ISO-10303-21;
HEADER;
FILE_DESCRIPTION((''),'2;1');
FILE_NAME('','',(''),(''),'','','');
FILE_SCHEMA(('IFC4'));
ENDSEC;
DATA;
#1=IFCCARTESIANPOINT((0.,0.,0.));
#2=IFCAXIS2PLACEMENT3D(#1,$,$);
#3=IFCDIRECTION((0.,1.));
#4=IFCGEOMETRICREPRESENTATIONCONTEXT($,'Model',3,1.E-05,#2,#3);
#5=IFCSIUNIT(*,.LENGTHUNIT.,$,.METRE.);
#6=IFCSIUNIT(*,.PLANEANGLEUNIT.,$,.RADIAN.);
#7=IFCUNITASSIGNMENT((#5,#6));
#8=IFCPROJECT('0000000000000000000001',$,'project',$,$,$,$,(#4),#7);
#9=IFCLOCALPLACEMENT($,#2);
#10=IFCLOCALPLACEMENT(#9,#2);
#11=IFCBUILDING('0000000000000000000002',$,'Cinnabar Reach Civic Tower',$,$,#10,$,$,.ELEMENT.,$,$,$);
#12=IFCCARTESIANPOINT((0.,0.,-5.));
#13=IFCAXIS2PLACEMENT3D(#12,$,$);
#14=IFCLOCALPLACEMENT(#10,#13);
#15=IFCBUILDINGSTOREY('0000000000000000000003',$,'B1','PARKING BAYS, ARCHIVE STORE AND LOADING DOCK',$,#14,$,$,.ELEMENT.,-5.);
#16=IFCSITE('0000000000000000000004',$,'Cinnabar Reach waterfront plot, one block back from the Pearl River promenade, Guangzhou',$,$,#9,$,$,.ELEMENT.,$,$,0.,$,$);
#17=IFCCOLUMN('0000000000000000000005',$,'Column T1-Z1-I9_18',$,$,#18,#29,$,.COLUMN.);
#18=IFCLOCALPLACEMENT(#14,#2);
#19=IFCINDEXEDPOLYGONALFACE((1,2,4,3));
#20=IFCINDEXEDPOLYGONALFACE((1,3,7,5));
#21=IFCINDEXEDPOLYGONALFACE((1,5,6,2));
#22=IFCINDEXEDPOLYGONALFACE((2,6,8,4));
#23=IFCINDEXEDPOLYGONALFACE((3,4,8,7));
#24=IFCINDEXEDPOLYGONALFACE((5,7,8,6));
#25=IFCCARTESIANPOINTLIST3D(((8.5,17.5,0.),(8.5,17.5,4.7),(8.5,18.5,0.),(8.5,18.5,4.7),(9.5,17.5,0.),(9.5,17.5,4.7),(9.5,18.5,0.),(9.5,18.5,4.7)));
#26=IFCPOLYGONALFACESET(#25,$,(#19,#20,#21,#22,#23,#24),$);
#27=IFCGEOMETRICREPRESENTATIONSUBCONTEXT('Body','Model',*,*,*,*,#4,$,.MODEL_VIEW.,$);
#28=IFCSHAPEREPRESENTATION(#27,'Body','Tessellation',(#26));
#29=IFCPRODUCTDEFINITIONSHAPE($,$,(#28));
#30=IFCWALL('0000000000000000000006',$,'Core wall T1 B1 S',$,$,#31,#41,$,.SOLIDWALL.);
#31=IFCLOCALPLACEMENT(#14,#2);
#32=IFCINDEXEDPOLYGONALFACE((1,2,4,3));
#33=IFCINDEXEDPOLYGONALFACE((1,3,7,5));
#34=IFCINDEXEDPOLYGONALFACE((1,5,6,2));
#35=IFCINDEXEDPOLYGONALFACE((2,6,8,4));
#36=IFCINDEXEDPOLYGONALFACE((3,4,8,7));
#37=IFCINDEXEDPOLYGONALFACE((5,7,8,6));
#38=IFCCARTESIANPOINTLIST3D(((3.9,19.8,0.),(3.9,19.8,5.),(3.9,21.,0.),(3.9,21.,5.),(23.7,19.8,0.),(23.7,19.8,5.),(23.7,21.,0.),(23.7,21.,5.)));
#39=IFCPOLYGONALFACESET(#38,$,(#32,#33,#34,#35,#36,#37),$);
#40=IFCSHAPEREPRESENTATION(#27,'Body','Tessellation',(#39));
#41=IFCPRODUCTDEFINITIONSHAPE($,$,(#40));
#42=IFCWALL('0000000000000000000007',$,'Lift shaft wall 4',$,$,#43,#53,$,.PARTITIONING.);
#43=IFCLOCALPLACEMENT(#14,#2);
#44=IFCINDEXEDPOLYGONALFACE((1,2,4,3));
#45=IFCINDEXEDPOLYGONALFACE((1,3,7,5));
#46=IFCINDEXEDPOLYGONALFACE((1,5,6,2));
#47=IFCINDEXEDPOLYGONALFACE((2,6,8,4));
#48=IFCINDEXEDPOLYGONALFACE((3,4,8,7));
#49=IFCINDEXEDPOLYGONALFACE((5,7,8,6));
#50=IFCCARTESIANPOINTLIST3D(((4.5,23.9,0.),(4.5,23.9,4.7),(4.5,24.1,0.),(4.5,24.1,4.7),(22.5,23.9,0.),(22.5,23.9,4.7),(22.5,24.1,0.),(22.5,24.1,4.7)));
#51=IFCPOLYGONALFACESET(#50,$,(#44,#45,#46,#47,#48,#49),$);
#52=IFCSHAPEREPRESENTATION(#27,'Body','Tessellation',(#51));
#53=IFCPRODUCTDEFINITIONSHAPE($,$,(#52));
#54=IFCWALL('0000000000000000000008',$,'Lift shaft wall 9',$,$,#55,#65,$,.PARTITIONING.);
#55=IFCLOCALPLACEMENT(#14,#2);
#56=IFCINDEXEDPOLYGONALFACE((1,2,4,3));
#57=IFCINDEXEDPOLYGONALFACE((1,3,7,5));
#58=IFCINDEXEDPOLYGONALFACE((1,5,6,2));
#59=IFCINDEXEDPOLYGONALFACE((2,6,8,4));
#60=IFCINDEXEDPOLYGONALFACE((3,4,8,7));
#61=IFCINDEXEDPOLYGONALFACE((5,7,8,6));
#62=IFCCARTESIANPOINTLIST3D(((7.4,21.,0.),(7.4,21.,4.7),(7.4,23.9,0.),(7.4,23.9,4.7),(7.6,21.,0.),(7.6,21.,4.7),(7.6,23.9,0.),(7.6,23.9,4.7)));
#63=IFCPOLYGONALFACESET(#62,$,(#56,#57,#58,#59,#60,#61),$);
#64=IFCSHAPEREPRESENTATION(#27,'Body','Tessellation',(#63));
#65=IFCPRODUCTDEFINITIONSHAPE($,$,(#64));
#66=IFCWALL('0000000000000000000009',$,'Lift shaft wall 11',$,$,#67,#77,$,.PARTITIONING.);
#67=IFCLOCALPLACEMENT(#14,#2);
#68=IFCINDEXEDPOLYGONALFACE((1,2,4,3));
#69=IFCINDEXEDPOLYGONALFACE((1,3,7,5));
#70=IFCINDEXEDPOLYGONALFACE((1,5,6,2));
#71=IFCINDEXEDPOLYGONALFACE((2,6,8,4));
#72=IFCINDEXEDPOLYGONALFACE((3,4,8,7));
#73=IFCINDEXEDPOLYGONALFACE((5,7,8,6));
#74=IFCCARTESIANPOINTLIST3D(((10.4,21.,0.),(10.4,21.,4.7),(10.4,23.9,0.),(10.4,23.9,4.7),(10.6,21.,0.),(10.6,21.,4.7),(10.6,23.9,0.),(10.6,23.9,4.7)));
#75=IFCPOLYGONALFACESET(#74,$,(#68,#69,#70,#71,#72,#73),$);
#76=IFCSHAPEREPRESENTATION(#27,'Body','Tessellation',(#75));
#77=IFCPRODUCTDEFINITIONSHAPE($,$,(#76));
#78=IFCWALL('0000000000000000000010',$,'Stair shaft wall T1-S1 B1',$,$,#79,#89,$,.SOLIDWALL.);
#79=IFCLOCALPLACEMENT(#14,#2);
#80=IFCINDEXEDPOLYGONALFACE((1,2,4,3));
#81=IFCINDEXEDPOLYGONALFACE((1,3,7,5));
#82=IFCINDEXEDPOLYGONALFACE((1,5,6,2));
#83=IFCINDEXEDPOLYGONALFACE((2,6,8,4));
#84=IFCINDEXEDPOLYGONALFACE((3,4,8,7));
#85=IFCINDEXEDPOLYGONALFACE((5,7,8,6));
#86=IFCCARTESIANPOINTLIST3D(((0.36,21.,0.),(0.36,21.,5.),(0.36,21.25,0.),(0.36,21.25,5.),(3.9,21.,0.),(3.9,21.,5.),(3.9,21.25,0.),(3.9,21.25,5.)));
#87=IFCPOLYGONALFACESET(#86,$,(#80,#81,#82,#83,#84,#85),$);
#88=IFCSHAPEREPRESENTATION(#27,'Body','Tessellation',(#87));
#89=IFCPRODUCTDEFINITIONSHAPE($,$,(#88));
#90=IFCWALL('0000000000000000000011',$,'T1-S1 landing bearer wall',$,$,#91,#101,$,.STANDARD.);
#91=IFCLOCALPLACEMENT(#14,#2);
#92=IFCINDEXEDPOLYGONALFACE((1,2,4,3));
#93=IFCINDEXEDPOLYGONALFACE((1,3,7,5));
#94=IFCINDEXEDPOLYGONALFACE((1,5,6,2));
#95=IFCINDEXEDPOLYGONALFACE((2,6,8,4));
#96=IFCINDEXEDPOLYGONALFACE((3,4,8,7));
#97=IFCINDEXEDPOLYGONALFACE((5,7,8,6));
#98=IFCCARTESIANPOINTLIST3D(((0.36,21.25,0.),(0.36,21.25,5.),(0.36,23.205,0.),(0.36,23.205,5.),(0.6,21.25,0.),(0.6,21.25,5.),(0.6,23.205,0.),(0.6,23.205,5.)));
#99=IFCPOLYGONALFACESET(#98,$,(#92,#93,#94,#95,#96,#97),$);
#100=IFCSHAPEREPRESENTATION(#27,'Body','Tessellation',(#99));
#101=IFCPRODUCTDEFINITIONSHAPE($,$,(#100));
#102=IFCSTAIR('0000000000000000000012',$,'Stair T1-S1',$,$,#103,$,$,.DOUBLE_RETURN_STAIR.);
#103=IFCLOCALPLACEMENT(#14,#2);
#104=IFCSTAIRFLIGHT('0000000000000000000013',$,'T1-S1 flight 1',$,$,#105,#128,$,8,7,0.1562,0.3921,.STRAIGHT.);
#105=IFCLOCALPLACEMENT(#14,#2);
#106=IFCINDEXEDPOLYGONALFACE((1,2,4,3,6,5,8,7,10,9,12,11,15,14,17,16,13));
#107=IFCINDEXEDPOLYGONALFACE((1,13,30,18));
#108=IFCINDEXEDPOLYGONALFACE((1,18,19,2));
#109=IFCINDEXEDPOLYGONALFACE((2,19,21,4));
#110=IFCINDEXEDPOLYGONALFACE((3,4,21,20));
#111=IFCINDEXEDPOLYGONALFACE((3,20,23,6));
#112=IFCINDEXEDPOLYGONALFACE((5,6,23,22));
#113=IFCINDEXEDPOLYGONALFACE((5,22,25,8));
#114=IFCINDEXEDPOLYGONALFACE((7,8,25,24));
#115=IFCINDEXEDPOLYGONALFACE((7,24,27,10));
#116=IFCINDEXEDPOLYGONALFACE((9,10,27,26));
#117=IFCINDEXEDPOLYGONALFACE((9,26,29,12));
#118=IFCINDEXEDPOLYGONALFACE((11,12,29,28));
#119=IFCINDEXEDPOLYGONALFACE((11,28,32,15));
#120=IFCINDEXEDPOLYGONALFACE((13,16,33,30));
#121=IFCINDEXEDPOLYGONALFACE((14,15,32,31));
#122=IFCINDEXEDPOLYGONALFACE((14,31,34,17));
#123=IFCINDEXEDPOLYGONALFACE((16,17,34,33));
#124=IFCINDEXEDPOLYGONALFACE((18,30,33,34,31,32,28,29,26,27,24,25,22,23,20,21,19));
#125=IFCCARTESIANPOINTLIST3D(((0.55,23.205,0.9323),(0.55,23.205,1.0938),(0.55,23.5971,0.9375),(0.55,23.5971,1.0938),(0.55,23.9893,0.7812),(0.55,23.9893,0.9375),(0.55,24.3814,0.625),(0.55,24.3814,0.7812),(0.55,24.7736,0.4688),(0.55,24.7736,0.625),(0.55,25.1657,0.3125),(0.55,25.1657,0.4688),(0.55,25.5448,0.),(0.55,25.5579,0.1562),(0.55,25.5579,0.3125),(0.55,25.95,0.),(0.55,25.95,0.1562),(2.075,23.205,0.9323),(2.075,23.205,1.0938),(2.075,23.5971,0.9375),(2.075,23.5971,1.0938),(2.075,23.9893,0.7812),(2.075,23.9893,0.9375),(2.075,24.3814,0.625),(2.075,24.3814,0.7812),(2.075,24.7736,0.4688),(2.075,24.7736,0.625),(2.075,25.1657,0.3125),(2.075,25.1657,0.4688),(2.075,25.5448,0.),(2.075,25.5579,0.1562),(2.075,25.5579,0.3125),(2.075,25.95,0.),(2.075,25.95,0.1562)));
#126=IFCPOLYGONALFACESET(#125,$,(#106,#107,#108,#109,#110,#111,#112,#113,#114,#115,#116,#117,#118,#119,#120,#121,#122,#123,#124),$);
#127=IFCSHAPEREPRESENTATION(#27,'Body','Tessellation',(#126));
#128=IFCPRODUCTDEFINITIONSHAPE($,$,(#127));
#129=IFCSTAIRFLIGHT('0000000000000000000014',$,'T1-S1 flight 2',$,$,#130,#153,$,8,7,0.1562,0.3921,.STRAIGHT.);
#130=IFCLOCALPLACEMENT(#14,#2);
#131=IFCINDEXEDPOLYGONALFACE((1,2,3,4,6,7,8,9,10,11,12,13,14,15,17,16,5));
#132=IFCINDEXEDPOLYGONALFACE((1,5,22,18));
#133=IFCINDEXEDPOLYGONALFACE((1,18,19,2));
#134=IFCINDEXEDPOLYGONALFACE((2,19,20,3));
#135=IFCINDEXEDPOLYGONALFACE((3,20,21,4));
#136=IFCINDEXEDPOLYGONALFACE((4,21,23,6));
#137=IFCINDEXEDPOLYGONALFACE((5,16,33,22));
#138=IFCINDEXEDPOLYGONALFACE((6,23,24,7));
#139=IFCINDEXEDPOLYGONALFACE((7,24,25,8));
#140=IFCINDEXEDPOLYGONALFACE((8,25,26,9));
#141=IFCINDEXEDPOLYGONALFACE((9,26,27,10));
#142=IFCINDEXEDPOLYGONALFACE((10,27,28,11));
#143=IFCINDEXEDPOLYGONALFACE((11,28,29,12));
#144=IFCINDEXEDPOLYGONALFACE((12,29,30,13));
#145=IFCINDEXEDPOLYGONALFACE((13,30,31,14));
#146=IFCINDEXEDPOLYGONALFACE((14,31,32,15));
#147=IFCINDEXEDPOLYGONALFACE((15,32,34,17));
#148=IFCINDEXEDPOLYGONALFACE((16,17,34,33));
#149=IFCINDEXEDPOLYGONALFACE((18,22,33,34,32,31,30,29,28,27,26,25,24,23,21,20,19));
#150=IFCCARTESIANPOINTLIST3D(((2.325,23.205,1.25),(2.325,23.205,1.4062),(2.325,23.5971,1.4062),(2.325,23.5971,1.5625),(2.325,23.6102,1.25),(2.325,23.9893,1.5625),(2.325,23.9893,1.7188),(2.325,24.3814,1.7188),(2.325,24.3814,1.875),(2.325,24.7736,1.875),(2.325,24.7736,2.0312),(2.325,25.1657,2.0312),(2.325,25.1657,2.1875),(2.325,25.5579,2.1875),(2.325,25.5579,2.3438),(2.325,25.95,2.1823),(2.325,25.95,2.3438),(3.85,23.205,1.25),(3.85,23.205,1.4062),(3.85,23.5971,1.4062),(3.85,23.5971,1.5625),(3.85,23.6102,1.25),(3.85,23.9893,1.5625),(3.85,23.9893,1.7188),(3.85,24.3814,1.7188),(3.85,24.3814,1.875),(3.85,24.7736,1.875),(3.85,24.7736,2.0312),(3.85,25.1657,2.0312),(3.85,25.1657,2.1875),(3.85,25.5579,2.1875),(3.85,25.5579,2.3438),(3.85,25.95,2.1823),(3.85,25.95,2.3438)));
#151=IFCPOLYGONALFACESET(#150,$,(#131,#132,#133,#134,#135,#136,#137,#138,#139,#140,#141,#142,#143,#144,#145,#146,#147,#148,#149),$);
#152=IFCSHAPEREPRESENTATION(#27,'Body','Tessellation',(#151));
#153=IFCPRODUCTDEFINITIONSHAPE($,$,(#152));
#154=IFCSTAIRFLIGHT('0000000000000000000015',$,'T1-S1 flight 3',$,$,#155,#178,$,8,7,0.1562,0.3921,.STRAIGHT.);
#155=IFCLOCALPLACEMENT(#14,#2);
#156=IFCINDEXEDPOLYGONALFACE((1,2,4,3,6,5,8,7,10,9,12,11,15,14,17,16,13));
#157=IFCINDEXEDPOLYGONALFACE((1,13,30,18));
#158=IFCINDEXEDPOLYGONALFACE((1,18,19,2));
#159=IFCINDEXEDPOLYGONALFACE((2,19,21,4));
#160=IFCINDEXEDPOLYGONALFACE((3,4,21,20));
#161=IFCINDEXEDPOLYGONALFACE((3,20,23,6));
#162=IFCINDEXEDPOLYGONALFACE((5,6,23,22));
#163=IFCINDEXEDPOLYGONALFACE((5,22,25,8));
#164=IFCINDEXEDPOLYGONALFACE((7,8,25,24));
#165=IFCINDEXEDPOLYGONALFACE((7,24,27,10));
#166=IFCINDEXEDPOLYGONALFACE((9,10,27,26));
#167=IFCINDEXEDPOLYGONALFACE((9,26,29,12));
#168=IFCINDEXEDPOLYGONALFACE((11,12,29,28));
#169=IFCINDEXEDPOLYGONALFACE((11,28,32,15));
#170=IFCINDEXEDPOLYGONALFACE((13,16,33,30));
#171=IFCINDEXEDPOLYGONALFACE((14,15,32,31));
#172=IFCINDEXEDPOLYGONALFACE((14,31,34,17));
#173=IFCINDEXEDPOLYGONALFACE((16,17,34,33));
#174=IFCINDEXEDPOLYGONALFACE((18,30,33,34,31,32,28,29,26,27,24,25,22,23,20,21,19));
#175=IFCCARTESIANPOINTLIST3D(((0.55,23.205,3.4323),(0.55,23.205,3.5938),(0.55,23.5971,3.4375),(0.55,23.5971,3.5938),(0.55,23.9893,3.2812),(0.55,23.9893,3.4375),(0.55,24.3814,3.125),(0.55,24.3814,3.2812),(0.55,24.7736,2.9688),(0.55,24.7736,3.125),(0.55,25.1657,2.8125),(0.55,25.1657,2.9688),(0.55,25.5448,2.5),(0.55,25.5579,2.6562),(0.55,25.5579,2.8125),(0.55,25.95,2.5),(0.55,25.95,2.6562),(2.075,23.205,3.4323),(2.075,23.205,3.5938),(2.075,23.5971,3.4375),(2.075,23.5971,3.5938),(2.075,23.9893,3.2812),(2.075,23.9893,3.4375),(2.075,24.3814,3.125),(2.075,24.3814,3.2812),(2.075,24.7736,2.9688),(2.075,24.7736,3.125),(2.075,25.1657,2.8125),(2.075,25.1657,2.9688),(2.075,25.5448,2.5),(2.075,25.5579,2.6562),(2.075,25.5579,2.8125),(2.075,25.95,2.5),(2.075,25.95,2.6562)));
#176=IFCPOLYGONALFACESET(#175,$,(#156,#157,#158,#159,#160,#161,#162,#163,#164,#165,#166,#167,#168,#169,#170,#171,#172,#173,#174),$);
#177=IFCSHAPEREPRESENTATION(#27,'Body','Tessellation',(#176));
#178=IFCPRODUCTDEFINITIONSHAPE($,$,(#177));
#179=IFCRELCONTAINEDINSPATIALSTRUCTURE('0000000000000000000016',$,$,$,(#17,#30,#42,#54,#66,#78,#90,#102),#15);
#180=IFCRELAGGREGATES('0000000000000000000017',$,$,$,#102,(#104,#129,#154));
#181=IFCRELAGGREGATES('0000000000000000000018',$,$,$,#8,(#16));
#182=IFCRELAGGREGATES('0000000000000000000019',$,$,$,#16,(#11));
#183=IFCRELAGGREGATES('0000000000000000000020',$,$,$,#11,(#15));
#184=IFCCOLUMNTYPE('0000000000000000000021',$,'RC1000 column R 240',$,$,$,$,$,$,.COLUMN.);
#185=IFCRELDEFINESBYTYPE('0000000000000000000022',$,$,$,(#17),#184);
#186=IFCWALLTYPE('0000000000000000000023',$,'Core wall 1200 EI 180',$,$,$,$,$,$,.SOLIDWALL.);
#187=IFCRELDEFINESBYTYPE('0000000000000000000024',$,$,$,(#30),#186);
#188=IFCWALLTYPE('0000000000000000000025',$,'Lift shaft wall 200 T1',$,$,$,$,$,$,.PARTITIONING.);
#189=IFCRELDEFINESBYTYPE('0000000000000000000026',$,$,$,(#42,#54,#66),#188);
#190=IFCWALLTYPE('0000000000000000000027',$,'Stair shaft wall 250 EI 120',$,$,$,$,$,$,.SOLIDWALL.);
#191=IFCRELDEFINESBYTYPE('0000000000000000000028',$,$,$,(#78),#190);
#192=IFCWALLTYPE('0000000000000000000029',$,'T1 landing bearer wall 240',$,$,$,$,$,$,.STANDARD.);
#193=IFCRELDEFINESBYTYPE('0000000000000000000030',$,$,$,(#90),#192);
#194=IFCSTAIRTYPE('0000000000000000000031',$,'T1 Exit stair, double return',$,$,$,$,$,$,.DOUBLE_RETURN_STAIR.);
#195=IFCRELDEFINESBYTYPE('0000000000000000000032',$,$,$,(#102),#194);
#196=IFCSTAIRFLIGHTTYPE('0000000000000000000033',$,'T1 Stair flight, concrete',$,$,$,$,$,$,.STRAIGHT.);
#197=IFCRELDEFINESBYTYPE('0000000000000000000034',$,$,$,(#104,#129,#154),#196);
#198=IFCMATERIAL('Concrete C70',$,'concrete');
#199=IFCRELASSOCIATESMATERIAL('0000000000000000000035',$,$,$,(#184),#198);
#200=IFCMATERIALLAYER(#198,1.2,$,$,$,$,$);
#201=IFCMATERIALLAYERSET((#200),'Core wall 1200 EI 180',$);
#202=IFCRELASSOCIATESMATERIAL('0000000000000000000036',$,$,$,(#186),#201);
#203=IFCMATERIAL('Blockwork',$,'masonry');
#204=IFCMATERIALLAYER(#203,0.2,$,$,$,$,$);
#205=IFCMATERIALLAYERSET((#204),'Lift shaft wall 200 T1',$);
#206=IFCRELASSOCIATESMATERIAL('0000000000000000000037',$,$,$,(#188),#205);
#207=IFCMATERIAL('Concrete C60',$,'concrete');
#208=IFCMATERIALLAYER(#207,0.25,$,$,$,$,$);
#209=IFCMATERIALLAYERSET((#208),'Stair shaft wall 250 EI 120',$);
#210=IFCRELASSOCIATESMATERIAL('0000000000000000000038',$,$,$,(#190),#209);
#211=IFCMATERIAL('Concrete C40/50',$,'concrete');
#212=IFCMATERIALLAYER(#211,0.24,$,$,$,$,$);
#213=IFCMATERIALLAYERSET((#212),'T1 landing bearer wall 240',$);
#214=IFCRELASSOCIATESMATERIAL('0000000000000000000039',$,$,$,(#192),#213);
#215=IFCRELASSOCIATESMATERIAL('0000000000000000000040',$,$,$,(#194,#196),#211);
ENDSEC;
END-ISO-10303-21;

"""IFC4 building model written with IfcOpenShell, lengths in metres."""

from ifc_helpers import new_model, si_unit, direction, frame, frame_2d, origin, origin_2d, place, context, subcontext, project, spatial, polyline, rectangle, outline, extrude, material, layer, layer_set, material_profile, profile_set, type_object, element, aggregate, save


model = new_model("IFC4")

# Units and contexts
model_context = context("Model", 3, precision=1e-05, world=origin(), true_north=direction((0.0, 1.0)))
body_context = subcontext(model_context, "Body", "Model", "MODEL_VIEW")
ifc_project = project(units=[si_unit("LENGTHUNIT", "METRE"), si_unit("PLANEANGLEUNIT", "RADIAN")], contexts=[model_context])

# Site, building, storey
site_placement = place(None, origin())
site = spatial("IfcSite", under=ifc_project, at=site_placement, Name="Cinnabar Reach waterfront plot, one block back from the Pearl River promenade, Guangzhou", CompositionType="ELEMENT", RefElevation=0.0)
building_placement = place(site_placement, origin())
building = spatial("IfcBuilding", under=site, at=building_placement, Name="Cinnabar Reach Civic Tower", CompositionType="ELEMENT")
storey_placement = place(building_placement, frame((0.0, 0.0, -5.0)))
storey = spatial("IfcBuildingStorey", under=building, at=storey_placement, Name="B1", Description="PARKING BAYS, ARCHIVE STORE AND LOADING DOCK", CompositionType="ELEMENT", Elevation=-5.0)

# Column
ifc_material_1 = material(Name="Concrete C70", Category="concrete")
ifc_material_profile = material_profile(ifc_material_1, rectangle(XDim=1.0, YDim=1.0, at=origin_2d()), Name="RC1000")
ifc_profile_set = profile_set([ifc_material_profile], Name="Concrete C70")
column_type = type_object("IfcColumnType", Name="RC1000 column R 240", PredefinedType="COLUMN", material=ifc_profile_set)
column_placement = place(storey_placement, frame((9.0, 18.0, 0.0), z_axis=(0.0, 0.0, 1.0), x_axis=(1.0, 0.0, 0.0)))
element("IfcColumn", 1, at=column_placement, inside=storey, type_object=column_type, Name="Column T1-Z1-I9_18", PredefinedType="COLUMN", context=body_context, shape_type="SweptSolid", body=[
    extrude(rectangle(XDim=1.0, YDim=1.0, at=origin_2d()), origin(), (0.0, 0.0, 1.0), 4.7),
])

# Walls
ifc_layer_1 = layer(ifc_material_1, 1.2)
ifc_layer_set_1 = layer_set([ifc_layer_1], Name="Core wall 1200 EI 180")
wall_type_1 = type_object("IfcWallType", Name="Core wall 1200 EI 180", PredefinedType="SOLIDWALL", material=ifc_layer_set_1)
wall_1_placement = place(storey_placement, frame((3.9, 20.4, 0.0), z_axis=(0.0, 0.0, 1.0), x_axis=(1.0, 0.0, 0.0)))
element("IfcWall", 2, at=wall_1_placement, inside=storey, type_object=wall_type_1, Name="Core wall T1 B1 S", PredefinedType="SOLIDWALL", context=body_context, shape_type="SweptSolid", body=[
    extrude(rectangle(XDim=19.8, YDim=1.2, at=frame_2d((9.9, 0.0))), origin(), (0.0, 0.0, 1.0), 5.0),
])
ifc_material_2 = material(Name="Blockwork", Category="masonry")
ifc_layer_2 = layer(ifc_material_2, 0.2)
ifc_layer_set_2 = layer_set([ifc_layer_2], Name="Lift shaft wall 200 T1")
wall_type_2 = type_object("IfcWallType", Name="Lift shaft wall 200 T1", PredefinedType="PARTITIONING", material=ifc_layer_set_2)
wall_2_placement = place(storey_placement, frame((4.5, 24.0, 0.0), z_axis=(0.0, 0.0, 1.0), x_axis=(1.0, 0.0, 0.0)))
element("IfcWall", 3, at=wall_2_placement, inside=storey, type_object=wall_type_2, Name="Lift shaft wall 4", PredefinedType="PARTITIONING", context=body_context, shape_type="SweptSolid", body=[
    extrude(rectangle(XDim=18.0, YDim=0.2, at=frame_2d((9.0, 0.0))), origin(), (0.0, 0.0, 1.0), 4.7),
])
for number, where, z_axis, x_axis, name in (
    (4, (7.5, 21.0, 0.0), (0.0, 0.0, 1.0), (0.0, 1.0, 0.0), "Lift shaft wall 9"),
    (5, (10.5, 21.0, 0.0), (0.0, 0.0, 1.0), (0.0, 1.0, 0.0), "Lift shaft wall 11"),
):
    element("IfcWall", number, at=place(storey_placement, frame(where, z_axis=z_axis, x_axis=x_axis)), inside=storey, type_object=wall_type_2, Name=name, PredefinedType="PARTITIONING", context=body_context, shape_type="SweptSolid", body=[
        extrude(rectangle(XDim=2.9, YDim=0.2, at=frame_2d((1.45, 0.0))), origin(), (0.0, 0.0, 1.0), 4.7),
    ])
ifc_material_3 = material(Name="Concrete C60", Category="concrete")
ifc_layer_3 = layer(ifc_material_3, 0.25)
ifc_layer_set_3 = layer_set([ifc_layer_3], Name="Stair shaft wall 250 EI 120")
wall_type_3 = type_object("IfcWallType", Name="Stair shaft wall 250 EI 120", PredefinedType="SOLIDWALL", material=ifc_layer_set_3)
wall_3_placement = place(storey_placement, frame((0.36, 21.125, 0.0), z_axis=(0.0, 0.0, 1.0), x_axis=(1.0, 0.0, 0.0)))
element("IfcWall", 6, at=wall_3_placement, inside=storey, type_object=wall_type_3, Name="Stair shaft wall T1-S1 B1", PredefinedType="SOLIDWALL", context=body_context, shape_type="SweptSolid", body=[
    extrude(rectangle(XDim=3.54, YDim=0.25, at=frame_2d((1.77, 0.0))), origin(), (0.0, 0.0, 1.0), 5.0),
])
ifc_material_4 = material(Name="Concrete C40/50", Category="concrete")
ifc_layer_4 = layer(ifc_material_4, 0.24)
ifc_layer_set_4 = layer_set([ifc_layer_4], Name="T1 landing bearer wall 240")
wall_type_4 = type_object("IfcWallType", Name="T1 landing bearer wall 240", PredefinedType="STANDARD", material=ifc_layer_set_4)
wall_4_placement = place(storey_placement, frame((0.48, 21.25, 0.0), z_axis=(0.0, 0.0, 1.0), x_axis=(0.0, 1.0, 0.0)))
element("IfcWall", 7, at=wall_4_placement, inside=storey, type_object=wall_type_4, Name="T1-S1 landing bearer wall", PredefinedType="STANDARD", context=body_context, shape_type="SweptSolid", body=[
    extrude(rectangle(XDim=1.955, YDim=0.24, at=frame_2d((0.9775, 0.0))), origin(), (0.0, 0.0, 1.0), 5.0),
])

# Stair, stair flights
stair_type = type_object("IfcStairType", Name="T1 Exit stair, double return", PredefinedType="DOUBLE_RETURN_STAIR", material=ifc_material_4)
stair_placement = place(storey_placement, origin())
stair = element("IfcStair", 8, at=stair_placement, inside=storey, type_object=stair_type, Name="Stair T1-S1", PredefinedType="DOUBLE_RETURN_STAIR")
stair_flight_type = type_object("IfcStairFlightType", Name="T1 Stair flight, concrete", PredefinedType="STRAIGHT", material=ifc_material_4)
stair_flight_1_placement = place(storey_placement, frame((1.3125, 25.95, 0.0), z_axis=(0.0, 0.0, 1.0), x_axis=(0.0, -1.0, 0.0)))
stair_flight_1 = element("IfcStairFlight", 9, at=stair_flight_1_placement, type_object=stair_flight_type, Name="T1-S1 flight 1", NumberOfRisers=8, NumberOfTreads=7, PredefinedType="STRAIGHT", RiserHeight=0.1562, TreadLength=0.3921, context=body_context, shape_type="SweptSolid", body=[
    extrude(outline(polyline([(0.0, 0.0), (0.0, 0.1562), (0.3921, 0.1562), (0.3921, 0.3125), (0.7843, 0.3125), (0.7843, 0.4688), (1.1764, 0.4688), (1.1764, 0.625), (1.5686, 0.625), (1.5686, 0.7812), (1.9607, 0.7812), (1.9607, 0.9375), (2.3529, 0.9375), (2.3529, 1.0938), (2.745, 1.0938), (2.745, 1.25), (2.745, 0.9323), (0.4052, 0.0), (0.0, 0.0)])), frame((0.0, 0.7625, 0.0), z_axis=(0.0, -1.0, 0.0), x_axis=(1.0, 0.0, 0.0)), (0.0, 0.0, 1.0), 1.525),
])
stair_flight_2_placement = place(storey_placement, frame((3.0875, 23.205, 1.25), z_axis=(0.0, 0.0, 1.0), x_axis=(0.0, 1.0, 0.0)))
stair_flight_2 = element("IfcStairFlight", 10, at=stair_flight_2_placement, type_object=stair_flight_type, Name="T1-S1 flight 2", NumberOfRisers=8, NumberOfTreads=7, PredefinedType="STRAIGHT", RiserHeight=0.1562, TreadLength=0.3921, context=body_context, shape_type="SweptSolid", body=[
    extrude(outline(polyline([(0.0, 0.0), (0.0, 0.1562), (0.3921, 0.1562), (0.3921, 0.3125), (0.7843, 0.3125), (0.7843, 0.4688), (1.1764, 0.4688), (1.1764, 0.625), (1.5686, 0.625), (1.5686, 0.7812), (1.9607, 0.7812), (1.9607, 0.9375), (2.3529, 0.9375), (2.3529, 1.0938), (2.745, 1.0938), (2.745, 1.25), (2.745, 0.9323), (0.4052, 0.0), (0.0, 0.0)])), frame((0.0, 0.7625, 0.0), z_axis=(0.0, -1.0, 0.0), x_axis=(1.0, 0.0, 0.0)), (0.0, 0.0, 1.0), 1.525),
])
stair_flight_3_placement = place(storey_placement, frame((1.3125, 25.95, 2.5), z_axis=(0.0, 0.0, 1.0), x_axis=(0.0, -1.0, 0.0)))
stair_flight_3 = element("IfcStairFlight", 11, at=stair_flight_3_placement, type_object=stair_flight_type, Name="T1-S1 flight 3", NumberOfRisers=8, NumberOfTreads=7, PredefinedType="STRAIGHT", RiserHeight=0.1562, TreadLength=0.3921, context=body_context, shape_type="SweptSolid", body=[
    extrude(outline(polyline([(0.0, 0.0), (0.0, 0.1562), (0.3921, 0.1562), (0.3921, 0.3125), (0.7843, 0.3125), (0.7843, 0.4688), (1.1764, 0.4688), (1.1764, 0.625), (1.5686, 0.625), (1.5686, 0.7812), (1.9607, 0.7812), (1.9607, 0.9375), (2.3529, 0.9375), (2.3529, 1.0938), (2.745, 1.0938), (2.745, 1.25), (2.745, 0.9323), (0.4052, 0.0), (0.0, 0.0)])), frame((0.0, 0.7625, 0.0), z_axis=(0.0, -1.0, 0.0), x_axis=(1.0, 0.0, 0.0)), (0.0, 0.0, 1.0), 1.525),
])
aggregate(stair, [stair_flight_1, stair_flight_2, stair_flight_3])

save(model, "model.ifc")
